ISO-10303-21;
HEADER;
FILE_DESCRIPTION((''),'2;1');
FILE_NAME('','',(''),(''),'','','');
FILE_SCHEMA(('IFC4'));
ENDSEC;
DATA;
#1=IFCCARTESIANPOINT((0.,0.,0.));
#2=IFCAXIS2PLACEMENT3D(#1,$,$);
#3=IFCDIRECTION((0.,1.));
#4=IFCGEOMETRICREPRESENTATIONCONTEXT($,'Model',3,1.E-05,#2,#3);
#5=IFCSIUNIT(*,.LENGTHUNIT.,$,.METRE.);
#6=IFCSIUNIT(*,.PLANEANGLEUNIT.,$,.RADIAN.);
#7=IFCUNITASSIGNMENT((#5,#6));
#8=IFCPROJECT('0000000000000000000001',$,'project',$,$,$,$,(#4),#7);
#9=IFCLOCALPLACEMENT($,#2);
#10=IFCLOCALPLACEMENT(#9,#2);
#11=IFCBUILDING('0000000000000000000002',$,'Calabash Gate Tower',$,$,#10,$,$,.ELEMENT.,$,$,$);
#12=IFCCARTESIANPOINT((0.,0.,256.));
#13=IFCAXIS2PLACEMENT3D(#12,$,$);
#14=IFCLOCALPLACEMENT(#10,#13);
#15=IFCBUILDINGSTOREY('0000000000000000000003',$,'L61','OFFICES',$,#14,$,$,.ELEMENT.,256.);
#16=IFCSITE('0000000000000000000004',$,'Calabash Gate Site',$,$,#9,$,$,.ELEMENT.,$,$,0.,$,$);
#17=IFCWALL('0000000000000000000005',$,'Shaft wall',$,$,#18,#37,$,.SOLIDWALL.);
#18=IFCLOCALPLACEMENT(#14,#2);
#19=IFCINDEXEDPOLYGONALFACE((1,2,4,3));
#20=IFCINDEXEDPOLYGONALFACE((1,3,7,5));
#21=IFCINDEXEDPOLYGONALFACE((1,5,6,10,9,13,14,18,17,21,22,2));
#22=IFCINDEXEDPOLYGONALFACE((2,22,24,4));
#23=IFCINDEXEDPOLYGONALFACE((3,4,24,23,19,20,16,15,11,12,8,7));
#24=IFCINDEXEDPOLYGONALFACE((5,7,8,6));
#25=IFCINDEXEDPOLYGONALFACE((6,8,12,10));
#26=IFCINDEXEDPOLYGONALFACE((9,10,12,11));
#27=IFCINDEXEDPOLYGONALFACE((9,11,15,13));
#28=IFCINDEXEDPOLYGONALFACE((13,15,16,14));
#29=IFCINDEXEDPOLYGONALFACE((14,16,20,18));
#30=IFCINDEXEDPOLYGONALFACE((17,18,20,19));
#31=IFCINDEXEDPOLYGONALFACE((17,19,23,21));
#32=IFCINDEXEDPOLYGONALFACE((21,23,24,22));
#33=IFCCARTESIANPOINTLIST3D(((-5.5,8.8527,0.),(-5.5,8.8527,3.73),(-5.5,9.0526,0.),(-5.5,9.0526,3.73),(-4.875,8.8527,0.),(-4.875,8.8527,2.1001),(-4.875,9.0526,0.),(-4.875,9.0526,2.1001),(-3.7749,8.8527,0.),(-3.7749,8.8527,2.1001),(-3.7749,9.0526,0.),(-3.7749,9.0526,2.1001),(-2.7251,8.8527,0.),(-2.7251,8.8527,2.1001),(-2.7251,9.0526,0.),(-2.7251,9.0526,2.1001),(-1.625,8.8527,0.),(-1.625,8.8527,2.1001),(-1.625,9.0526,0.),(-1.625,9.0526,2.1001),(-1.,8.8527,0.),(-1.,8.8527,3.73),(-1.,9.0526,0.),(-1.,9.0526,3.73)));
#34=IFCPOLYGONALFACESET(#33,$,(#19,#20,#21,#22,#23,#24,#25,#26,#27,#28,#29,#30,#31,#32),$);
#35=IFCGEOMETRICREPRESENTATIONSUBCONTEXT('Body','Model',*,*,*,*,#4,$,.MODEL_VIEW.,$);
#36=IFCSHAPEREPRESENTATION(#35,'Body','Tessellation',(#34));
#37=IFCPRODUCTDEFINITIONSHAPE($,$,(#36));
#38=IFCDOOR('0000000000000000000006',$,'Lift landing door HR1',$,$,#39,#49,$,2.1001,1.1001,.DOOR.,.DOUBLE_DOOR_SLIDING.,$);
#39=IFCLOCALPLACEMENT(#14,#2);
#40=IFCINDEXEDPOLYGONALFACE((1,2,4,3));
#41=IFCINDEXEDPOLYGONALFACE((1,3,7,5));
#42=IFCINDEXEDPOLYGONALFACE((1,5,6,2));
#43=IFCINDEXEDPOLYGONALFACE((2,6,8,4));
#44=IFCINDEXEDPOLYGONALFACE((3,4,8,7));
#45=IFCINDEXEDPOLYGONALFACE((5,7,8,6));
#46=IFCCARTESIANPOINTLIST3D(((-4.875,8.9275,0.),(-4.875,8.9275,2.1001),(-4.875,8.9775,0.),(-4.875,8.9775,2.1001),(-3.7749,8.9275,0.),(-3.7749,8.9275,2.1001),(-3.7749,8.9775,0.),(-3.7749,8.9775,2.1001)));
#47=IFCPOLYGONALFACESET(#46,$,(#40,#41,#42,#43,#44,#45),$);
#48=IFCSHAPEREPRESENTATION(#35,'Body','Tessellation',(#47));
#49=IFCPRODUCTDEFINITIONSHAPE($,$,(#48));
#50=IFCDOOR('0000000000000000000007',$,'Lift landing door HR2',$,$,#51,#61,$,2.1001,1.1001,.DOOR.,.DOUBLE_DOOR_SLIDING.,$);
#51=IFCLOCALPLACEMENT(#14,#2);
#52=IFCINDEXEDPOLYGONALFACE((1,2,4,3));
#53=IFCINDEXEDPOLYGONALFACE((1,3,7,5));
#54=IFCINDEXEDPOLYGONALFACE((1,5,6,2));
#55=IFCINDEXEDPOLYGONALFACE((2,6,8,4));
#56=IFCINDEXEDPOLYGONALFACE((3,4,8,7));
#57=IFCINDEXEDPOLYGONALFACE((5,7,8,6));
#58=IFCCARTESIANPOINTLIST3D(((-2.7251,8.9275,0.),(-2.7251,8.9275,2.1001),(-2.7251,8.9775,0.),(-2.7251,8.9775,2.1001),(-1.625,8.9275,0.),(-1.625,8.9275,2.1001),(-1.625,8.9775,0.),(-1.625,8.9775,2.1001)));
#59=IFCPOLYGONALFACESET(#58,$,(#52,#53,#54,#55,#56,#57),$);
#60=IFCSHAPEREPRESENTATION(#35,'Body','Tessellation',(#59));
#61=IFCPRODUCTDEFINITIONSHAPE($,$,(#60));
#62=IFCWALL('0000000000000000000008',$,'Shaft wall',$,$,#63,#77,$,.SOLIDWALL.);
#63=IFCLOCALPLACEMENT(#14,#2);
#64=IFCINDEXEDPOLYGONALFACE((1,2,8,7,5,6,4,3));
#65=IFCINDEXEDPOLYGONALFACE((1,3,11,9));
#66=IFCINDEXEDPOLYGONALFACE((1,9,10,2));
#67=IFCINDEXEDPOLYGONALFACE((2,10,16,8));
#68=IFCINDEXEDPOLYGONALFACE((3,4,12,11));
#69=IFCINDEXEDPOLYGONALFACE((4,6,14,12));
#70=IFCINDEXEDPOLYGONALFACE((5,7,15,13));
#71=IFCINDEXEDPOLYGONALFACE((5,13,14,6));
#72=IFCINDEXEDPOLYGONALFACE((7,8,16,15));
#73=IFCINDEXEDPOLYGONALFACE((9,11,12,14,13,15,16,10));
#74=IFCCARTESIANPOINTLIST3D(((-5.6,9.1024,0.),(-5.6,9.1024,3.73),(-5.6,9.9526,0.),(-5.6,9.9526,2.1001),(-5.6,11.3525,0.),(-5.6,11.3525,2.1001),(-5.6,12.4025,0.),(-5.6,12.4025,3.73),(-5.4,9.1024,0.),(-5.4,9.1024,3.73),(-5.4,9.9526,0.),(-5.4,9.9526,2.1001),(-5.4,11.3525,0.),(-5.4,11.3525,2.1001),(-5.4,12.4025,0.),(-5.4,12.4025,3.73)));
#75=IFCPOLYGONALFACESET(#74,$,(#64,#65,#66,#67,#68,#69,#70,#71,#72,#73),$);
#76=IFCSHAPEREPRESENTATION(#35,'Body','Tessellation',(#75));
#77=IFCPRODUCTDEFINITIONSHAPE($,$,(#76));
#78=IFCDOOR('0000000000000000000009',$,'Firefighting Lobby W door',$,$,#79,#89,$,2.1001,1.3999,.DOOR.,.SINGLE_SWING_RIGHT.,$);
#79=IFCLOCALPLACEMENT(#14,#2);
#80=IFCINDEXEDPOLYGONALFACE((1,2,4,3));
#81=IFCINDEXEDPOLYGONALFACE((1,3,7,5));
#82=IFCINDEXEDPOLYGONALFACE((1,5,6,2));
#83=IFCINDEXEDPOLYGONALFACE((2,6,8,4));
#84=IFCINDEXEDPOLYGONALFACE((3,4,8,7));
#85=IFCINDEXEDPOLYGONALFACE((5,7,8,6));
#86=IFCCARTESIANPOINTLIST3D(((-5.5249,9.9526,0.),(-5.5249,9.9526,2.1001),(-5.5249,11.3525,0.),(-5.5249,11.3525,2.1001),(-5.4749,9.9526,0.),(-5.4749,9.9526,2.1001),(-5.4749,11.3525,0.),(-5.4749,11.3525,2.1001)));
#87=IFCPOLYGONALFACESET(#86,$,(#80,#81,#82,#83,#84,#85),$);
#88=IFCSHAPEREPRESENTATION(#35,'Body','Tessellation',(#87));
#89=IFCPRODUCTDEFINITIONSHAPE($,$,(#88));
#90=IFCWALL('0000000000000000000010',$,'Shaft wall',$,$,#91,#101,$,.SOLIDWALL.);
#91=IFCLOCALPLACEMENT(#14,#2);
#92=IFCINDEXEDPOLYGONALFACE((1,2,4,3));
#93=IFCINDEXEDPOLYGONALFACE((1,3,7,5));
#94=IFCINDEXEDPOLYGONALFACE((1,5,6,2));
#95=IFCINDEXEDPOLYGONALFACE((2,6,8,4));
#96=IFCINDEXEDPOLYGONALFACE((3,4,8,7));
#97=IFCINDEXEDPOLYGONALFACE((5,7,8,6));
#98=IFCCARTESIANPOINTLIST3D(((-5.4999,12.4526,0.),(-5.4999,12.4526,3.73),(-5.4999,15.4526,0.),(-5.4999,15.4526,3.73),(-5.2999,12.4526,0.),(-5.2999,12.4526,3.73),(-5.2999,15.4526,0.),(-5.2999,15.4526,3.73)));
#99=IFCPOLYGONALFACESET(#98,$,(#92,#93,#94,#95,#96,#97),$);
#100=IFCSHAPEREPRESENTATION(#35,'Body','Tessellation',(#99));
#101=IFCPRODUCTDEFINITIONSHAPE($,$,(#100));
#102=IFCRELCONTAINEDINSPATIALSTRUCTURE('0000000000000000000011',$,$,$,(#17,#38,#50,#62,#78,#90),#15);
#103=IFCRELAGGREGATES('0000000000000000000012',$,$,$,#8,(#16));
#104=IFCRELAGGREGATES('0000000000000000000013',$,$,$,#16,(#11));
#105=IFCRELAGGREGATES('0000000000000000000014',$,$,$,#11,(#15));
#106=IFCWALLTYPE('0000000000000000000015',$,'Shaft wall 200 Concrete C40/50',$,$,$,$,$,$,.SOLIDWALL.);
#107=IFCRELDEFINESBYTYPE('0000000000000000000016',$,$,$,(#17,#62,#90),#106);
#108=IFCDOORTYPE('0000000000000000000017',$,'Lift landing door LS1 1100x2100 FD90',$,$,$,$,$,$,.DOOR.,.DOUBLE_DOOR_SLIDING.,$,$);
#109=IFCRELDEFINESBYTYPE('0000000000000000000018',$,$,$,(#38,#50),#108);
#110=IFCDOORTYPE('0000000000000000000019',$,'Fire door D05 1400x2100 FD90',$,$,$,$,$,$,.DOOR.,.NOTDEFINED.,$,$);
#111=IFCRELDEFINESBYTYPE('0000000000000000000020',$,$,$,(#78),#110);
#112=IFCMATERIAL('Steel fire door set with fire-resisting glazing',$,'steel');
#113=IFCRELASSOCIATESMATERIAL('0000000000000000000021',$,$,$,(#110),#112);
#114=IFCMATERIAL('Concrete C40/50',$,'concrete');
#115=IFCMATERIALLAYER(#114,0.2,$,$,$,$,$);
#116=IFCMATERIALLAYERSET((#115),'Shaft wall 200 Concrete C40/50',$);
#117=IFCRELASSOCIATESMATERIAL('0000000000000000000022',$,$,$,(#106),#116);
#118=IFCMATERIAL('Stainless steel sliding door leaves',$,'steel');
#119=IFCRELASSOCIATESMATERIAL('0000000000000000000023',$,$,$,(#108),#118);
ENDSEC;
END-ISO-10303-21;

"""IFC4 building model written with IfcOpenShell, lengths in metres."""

from ifc_helpers import new_model, si_unit, direction, frame, frame_2d, origin, place, context, subcontext, project, spatial, rectangle, extrude, material, layer, layer_set, type_object, element, fill, save


model = new_model("IFC4")

# Units and contexts
model_context = context("Model", 3, precision=1e-05, world=origin(), true_north=direction((0.0, 1.0)))
body_context = subcontext(model_context, "Body", "Model", "MODEL_VIEW")
ifc_project = project(units=[si_unit("LENGTHUNIT", "METRE"), si_unit("PLANEANGLEUNIT", "RADIAN")], contexts=[model_context])

# Site, building, storey
site_placement = place(None, origin())
site = spatial("IfcSite", under=ifc_project, at=site_placement, Name="Calabash Gate Site", CompositionType="ELEMENT", RefElevation=0.0)
building_placement = place(site_placement, origin())
building = spatial("IfcBuilding", under=site, at=building_placement, Name="Calabash Gate Tower", CompositionType="ELEMENT")
storey_placement = place(building_placement, frame((0.0, 0.0, 256.0)))
storey = spatial("IfcBuildingStorey", under=building, at=storey_placement, Name="L61", Description="OFFICES", CompositionType="ELEMENT", Elevation=256.0)

# Shared definitions
ifc_material_1 = material(Name="Steel fire door set with fire-resisting glazing", Category="steel")
door_type_1 = type_object("IfcDoorType", Name="Fire door D05 1400x2100 FD90", OperationType="NOTDEFINED", PredefinedType="DOOR", material=ifc_material_1)

# Shared definitions
ifc_material_2 = material(Name="Concrete C40/50", Category="concrete")
ifc_layer_1 = layer(ifc_material_2, 0.2)
ifc_layer_set_1 = layer_set([ifc_layer_1], Name="Shaft wall 200 Concrete C40/50")
wall_type_1 = type_object("IfcWallType", Name="Shaft wall 200 Concrete C40/50", PredefinedType="SOLIDWALL", material=ifc_layer_set_1)

# Wall, openings, doors
wall_1_placement = place(storey_placement, frame((-5.5, 8.9526, 0.0), z_axis=(0.0, 0.0, 1.0), x_axis=(1.0, 0.0, 0.0)))
wall_1 = element("IfcWall", 1, at=wall_1_placement, inside=storey, type_object=wall_type_1, Name="Shaft wall", PredefinedType="SOLIDWALL", context=body_context, shape_type="SweptSolid", body=[
    extrude(rectangle(XDim=4.5, YDim=0.2, at=frame_2d((2.25, 0.0))), origin(), (0.0, 0.0, 1.0), 3.73),
])
opening_1_placement = place(wall_1_placement, frame((0.625, 0.0, 0.0)))
opening_1 = element("IfcOpeningElement", 2, at=opening_1_placement, cuts=wall_1, PredefinedType="OPENING", context=body_context, shape_type="SweptSolid", body=[
    extrude(rectangle(XDim=1.1001, YDim=2.1001, at=frame_2d((0.55, 1.05))), frame((0.0, 0.1099, 0.0), z_axis=(0.0, -1.0, 0.0), x_axis=(1.0, 0.0, 0.0)), (0.0, 0.0, 1.0), 0.22),
])
opening_2_placement = place(wall_1_placement, frame((2.7749, 0.0, 0.0)))
opening_2 = element("IfcOpeningElement", 3, at=opening_2_placement, cuts=wall_1, PredefinedType="OPENING", context=body_context, shape_type="SweptSolid", body=[
    extrude(rectangle(XDim=1.1001, YDim=2.1001, at=frame_2d((0.55, 1.05))), frame((0.0, 0.1099, 0.0), z_axis=(0.0, -1.0, 0.0), x_axis=(1.0, 0.0, 0.0)), (0.0, 0.0, 1.0), 0.22),
])
ifc_material_3 = material(Name="Stainless steel sliding door leaves", Category="steel")
door_type_2 = type_object("IfcDoorType", Name="Lift landing door LS1 1100x2100 FD90", OperationType="DOUBLE_DOOR_SLIDING", PredefinedType="DOOR", material=ifc_material_3)
door_1_placement = place(opening_1_placement, origin())
door_1 = element("IfcDoor", 4, at=door_1_placement, inside=storey, type_object=door_type_2, Name="Lift landing door HR1", OperationType="DOUBLE_DOOR_SLIDING", OverallHeight=2.1001, OverallWidth=1.1001, PredefinedType="DOOR", context=body_context, shape_type="SweptSolid", body=[
    extrude(rectangle(XDim=1.1001, YDim=2.1001, at=frame_2d((0.55, 1.05))), frame((0.0, 0.0249, 0.0), z_axis=(0.0, -1.0, 0.0), x_axis=(1.0, 0.0, 0.0)), (0.0, 0.0, 1.0), 0.05),
])
fill(opening_1, door_1)
door_2_placement = place(opening_2_placement, origin())
door_2 = element("IfcDoor", 5, at=door_2_placement, inside=storey, type_object=door_type_2, Name="Lift landing door HR2", OperationType="DOUBLE_DOOR_SLIDING", OverallHeight=2.1001, OverallWidth=1.1001, PredefinedType="DOOR", context=body_context, shape_type="SweptSolid", body=[
    extrude(rectangle(XDim=1.1001, YDim=2.1001, at=frame_2d((0.55, 1.05))), frame((0.0, 0.0249, 0.0), z_axis=(0.0, -1.0, 0.0), x_axis=(1.0, 0.0, 0.0)), (0.0, 0.0, 1.0), 0.05),
])
fill(opening_2, door_2)

# Wall, opening, door
wall_2_placement = place(storey_placement, frame((-5.5, 9.1025, 0.0), z_axis=(0.0, 0.0, 1.0), x_axis=(0.0, 1.0, 0.0)))
wall_2 = element("IfcWall", 6, at=wall_2_placement, inside=storey, type_object=wall_type_1, Name="Shaft wall", PredefinedType="SOLIDWALL", context=body_context, shape_type="SweptSolid", body=[
    extrude(rectangle(XDim=3.3, YDim=0.2, at=frame_2d((1.6499, 0.0))), origin(), (0.0, 0.0, 1.0), 3.73),
])
opening_3_placement = place(wall_2_placement, frame((0.8501, 0.0, 0.0)))
opening_3 = element("IfcOpeningElement", 7, at=opening_3_placement, cuts=wall_2, PredefinedType="OPENING", context=body_context, shape_type="SweptSolid", body=[
    extrude(rectangle(XDim=1.3999, YDim=2.1001, at=frame_2d((0.7, 1.05))), frame((0.0, 0.1099, 0.0), z_axis=(0.0, -1.0, 0.0), x_axis=(1.0, 0.0, 0.0)), (0.0, 0.0, 1.0), 0.22),
])
door_3_placement = place(opening_3_placement, origin())
door_3 = element("IfcDoor", 8, at=door_3_placement, inside=storey, type_object=door_type_1, Name="Firefighting Lobby W door", OperationType="SINGLE_SWING_RIGHT", OverallHeight=2.1001, OverallWidth=1.3999, PredefinedType="DOOR", context=body_context, shape_type="SweptSolid", body=[
    extrude(rectangle(XDim=1.3999, YDim=2.1001, at=frame_2d((0.7, 1.05))), frame((0.0, 0.0249, 0.0), z_axis=(0.0, -1.0, 0.0), x_axis=(1.0, 0.0, 0.0)), (0.0, 0.0, 1.0), 0.05),
])
fill(opening_3, door_3)

# Wall
wall_3_placement = place(storey_placement, frame((-5.3999, 12.4526, 0.0), z_axis=(0.0, 0.0, 1.0), x_axis=(0.0, 1.0, 0.0)))
element("IfcWall", 9, at=wall_3_placement, inside=storey, type_object=wall_type_1, Name="Shaft wall", PredefinedType="SOLIDWALL", context=body_context, shape_type="SweptSolid", body=[
    extrude(rectangle(XDim=3.0, YDim=0.2, at=frame_2d((1.5, 0.0))), origin(), (0.0, 0.0, 1.0), 3.73),
])

save(model, "model.ifc")
